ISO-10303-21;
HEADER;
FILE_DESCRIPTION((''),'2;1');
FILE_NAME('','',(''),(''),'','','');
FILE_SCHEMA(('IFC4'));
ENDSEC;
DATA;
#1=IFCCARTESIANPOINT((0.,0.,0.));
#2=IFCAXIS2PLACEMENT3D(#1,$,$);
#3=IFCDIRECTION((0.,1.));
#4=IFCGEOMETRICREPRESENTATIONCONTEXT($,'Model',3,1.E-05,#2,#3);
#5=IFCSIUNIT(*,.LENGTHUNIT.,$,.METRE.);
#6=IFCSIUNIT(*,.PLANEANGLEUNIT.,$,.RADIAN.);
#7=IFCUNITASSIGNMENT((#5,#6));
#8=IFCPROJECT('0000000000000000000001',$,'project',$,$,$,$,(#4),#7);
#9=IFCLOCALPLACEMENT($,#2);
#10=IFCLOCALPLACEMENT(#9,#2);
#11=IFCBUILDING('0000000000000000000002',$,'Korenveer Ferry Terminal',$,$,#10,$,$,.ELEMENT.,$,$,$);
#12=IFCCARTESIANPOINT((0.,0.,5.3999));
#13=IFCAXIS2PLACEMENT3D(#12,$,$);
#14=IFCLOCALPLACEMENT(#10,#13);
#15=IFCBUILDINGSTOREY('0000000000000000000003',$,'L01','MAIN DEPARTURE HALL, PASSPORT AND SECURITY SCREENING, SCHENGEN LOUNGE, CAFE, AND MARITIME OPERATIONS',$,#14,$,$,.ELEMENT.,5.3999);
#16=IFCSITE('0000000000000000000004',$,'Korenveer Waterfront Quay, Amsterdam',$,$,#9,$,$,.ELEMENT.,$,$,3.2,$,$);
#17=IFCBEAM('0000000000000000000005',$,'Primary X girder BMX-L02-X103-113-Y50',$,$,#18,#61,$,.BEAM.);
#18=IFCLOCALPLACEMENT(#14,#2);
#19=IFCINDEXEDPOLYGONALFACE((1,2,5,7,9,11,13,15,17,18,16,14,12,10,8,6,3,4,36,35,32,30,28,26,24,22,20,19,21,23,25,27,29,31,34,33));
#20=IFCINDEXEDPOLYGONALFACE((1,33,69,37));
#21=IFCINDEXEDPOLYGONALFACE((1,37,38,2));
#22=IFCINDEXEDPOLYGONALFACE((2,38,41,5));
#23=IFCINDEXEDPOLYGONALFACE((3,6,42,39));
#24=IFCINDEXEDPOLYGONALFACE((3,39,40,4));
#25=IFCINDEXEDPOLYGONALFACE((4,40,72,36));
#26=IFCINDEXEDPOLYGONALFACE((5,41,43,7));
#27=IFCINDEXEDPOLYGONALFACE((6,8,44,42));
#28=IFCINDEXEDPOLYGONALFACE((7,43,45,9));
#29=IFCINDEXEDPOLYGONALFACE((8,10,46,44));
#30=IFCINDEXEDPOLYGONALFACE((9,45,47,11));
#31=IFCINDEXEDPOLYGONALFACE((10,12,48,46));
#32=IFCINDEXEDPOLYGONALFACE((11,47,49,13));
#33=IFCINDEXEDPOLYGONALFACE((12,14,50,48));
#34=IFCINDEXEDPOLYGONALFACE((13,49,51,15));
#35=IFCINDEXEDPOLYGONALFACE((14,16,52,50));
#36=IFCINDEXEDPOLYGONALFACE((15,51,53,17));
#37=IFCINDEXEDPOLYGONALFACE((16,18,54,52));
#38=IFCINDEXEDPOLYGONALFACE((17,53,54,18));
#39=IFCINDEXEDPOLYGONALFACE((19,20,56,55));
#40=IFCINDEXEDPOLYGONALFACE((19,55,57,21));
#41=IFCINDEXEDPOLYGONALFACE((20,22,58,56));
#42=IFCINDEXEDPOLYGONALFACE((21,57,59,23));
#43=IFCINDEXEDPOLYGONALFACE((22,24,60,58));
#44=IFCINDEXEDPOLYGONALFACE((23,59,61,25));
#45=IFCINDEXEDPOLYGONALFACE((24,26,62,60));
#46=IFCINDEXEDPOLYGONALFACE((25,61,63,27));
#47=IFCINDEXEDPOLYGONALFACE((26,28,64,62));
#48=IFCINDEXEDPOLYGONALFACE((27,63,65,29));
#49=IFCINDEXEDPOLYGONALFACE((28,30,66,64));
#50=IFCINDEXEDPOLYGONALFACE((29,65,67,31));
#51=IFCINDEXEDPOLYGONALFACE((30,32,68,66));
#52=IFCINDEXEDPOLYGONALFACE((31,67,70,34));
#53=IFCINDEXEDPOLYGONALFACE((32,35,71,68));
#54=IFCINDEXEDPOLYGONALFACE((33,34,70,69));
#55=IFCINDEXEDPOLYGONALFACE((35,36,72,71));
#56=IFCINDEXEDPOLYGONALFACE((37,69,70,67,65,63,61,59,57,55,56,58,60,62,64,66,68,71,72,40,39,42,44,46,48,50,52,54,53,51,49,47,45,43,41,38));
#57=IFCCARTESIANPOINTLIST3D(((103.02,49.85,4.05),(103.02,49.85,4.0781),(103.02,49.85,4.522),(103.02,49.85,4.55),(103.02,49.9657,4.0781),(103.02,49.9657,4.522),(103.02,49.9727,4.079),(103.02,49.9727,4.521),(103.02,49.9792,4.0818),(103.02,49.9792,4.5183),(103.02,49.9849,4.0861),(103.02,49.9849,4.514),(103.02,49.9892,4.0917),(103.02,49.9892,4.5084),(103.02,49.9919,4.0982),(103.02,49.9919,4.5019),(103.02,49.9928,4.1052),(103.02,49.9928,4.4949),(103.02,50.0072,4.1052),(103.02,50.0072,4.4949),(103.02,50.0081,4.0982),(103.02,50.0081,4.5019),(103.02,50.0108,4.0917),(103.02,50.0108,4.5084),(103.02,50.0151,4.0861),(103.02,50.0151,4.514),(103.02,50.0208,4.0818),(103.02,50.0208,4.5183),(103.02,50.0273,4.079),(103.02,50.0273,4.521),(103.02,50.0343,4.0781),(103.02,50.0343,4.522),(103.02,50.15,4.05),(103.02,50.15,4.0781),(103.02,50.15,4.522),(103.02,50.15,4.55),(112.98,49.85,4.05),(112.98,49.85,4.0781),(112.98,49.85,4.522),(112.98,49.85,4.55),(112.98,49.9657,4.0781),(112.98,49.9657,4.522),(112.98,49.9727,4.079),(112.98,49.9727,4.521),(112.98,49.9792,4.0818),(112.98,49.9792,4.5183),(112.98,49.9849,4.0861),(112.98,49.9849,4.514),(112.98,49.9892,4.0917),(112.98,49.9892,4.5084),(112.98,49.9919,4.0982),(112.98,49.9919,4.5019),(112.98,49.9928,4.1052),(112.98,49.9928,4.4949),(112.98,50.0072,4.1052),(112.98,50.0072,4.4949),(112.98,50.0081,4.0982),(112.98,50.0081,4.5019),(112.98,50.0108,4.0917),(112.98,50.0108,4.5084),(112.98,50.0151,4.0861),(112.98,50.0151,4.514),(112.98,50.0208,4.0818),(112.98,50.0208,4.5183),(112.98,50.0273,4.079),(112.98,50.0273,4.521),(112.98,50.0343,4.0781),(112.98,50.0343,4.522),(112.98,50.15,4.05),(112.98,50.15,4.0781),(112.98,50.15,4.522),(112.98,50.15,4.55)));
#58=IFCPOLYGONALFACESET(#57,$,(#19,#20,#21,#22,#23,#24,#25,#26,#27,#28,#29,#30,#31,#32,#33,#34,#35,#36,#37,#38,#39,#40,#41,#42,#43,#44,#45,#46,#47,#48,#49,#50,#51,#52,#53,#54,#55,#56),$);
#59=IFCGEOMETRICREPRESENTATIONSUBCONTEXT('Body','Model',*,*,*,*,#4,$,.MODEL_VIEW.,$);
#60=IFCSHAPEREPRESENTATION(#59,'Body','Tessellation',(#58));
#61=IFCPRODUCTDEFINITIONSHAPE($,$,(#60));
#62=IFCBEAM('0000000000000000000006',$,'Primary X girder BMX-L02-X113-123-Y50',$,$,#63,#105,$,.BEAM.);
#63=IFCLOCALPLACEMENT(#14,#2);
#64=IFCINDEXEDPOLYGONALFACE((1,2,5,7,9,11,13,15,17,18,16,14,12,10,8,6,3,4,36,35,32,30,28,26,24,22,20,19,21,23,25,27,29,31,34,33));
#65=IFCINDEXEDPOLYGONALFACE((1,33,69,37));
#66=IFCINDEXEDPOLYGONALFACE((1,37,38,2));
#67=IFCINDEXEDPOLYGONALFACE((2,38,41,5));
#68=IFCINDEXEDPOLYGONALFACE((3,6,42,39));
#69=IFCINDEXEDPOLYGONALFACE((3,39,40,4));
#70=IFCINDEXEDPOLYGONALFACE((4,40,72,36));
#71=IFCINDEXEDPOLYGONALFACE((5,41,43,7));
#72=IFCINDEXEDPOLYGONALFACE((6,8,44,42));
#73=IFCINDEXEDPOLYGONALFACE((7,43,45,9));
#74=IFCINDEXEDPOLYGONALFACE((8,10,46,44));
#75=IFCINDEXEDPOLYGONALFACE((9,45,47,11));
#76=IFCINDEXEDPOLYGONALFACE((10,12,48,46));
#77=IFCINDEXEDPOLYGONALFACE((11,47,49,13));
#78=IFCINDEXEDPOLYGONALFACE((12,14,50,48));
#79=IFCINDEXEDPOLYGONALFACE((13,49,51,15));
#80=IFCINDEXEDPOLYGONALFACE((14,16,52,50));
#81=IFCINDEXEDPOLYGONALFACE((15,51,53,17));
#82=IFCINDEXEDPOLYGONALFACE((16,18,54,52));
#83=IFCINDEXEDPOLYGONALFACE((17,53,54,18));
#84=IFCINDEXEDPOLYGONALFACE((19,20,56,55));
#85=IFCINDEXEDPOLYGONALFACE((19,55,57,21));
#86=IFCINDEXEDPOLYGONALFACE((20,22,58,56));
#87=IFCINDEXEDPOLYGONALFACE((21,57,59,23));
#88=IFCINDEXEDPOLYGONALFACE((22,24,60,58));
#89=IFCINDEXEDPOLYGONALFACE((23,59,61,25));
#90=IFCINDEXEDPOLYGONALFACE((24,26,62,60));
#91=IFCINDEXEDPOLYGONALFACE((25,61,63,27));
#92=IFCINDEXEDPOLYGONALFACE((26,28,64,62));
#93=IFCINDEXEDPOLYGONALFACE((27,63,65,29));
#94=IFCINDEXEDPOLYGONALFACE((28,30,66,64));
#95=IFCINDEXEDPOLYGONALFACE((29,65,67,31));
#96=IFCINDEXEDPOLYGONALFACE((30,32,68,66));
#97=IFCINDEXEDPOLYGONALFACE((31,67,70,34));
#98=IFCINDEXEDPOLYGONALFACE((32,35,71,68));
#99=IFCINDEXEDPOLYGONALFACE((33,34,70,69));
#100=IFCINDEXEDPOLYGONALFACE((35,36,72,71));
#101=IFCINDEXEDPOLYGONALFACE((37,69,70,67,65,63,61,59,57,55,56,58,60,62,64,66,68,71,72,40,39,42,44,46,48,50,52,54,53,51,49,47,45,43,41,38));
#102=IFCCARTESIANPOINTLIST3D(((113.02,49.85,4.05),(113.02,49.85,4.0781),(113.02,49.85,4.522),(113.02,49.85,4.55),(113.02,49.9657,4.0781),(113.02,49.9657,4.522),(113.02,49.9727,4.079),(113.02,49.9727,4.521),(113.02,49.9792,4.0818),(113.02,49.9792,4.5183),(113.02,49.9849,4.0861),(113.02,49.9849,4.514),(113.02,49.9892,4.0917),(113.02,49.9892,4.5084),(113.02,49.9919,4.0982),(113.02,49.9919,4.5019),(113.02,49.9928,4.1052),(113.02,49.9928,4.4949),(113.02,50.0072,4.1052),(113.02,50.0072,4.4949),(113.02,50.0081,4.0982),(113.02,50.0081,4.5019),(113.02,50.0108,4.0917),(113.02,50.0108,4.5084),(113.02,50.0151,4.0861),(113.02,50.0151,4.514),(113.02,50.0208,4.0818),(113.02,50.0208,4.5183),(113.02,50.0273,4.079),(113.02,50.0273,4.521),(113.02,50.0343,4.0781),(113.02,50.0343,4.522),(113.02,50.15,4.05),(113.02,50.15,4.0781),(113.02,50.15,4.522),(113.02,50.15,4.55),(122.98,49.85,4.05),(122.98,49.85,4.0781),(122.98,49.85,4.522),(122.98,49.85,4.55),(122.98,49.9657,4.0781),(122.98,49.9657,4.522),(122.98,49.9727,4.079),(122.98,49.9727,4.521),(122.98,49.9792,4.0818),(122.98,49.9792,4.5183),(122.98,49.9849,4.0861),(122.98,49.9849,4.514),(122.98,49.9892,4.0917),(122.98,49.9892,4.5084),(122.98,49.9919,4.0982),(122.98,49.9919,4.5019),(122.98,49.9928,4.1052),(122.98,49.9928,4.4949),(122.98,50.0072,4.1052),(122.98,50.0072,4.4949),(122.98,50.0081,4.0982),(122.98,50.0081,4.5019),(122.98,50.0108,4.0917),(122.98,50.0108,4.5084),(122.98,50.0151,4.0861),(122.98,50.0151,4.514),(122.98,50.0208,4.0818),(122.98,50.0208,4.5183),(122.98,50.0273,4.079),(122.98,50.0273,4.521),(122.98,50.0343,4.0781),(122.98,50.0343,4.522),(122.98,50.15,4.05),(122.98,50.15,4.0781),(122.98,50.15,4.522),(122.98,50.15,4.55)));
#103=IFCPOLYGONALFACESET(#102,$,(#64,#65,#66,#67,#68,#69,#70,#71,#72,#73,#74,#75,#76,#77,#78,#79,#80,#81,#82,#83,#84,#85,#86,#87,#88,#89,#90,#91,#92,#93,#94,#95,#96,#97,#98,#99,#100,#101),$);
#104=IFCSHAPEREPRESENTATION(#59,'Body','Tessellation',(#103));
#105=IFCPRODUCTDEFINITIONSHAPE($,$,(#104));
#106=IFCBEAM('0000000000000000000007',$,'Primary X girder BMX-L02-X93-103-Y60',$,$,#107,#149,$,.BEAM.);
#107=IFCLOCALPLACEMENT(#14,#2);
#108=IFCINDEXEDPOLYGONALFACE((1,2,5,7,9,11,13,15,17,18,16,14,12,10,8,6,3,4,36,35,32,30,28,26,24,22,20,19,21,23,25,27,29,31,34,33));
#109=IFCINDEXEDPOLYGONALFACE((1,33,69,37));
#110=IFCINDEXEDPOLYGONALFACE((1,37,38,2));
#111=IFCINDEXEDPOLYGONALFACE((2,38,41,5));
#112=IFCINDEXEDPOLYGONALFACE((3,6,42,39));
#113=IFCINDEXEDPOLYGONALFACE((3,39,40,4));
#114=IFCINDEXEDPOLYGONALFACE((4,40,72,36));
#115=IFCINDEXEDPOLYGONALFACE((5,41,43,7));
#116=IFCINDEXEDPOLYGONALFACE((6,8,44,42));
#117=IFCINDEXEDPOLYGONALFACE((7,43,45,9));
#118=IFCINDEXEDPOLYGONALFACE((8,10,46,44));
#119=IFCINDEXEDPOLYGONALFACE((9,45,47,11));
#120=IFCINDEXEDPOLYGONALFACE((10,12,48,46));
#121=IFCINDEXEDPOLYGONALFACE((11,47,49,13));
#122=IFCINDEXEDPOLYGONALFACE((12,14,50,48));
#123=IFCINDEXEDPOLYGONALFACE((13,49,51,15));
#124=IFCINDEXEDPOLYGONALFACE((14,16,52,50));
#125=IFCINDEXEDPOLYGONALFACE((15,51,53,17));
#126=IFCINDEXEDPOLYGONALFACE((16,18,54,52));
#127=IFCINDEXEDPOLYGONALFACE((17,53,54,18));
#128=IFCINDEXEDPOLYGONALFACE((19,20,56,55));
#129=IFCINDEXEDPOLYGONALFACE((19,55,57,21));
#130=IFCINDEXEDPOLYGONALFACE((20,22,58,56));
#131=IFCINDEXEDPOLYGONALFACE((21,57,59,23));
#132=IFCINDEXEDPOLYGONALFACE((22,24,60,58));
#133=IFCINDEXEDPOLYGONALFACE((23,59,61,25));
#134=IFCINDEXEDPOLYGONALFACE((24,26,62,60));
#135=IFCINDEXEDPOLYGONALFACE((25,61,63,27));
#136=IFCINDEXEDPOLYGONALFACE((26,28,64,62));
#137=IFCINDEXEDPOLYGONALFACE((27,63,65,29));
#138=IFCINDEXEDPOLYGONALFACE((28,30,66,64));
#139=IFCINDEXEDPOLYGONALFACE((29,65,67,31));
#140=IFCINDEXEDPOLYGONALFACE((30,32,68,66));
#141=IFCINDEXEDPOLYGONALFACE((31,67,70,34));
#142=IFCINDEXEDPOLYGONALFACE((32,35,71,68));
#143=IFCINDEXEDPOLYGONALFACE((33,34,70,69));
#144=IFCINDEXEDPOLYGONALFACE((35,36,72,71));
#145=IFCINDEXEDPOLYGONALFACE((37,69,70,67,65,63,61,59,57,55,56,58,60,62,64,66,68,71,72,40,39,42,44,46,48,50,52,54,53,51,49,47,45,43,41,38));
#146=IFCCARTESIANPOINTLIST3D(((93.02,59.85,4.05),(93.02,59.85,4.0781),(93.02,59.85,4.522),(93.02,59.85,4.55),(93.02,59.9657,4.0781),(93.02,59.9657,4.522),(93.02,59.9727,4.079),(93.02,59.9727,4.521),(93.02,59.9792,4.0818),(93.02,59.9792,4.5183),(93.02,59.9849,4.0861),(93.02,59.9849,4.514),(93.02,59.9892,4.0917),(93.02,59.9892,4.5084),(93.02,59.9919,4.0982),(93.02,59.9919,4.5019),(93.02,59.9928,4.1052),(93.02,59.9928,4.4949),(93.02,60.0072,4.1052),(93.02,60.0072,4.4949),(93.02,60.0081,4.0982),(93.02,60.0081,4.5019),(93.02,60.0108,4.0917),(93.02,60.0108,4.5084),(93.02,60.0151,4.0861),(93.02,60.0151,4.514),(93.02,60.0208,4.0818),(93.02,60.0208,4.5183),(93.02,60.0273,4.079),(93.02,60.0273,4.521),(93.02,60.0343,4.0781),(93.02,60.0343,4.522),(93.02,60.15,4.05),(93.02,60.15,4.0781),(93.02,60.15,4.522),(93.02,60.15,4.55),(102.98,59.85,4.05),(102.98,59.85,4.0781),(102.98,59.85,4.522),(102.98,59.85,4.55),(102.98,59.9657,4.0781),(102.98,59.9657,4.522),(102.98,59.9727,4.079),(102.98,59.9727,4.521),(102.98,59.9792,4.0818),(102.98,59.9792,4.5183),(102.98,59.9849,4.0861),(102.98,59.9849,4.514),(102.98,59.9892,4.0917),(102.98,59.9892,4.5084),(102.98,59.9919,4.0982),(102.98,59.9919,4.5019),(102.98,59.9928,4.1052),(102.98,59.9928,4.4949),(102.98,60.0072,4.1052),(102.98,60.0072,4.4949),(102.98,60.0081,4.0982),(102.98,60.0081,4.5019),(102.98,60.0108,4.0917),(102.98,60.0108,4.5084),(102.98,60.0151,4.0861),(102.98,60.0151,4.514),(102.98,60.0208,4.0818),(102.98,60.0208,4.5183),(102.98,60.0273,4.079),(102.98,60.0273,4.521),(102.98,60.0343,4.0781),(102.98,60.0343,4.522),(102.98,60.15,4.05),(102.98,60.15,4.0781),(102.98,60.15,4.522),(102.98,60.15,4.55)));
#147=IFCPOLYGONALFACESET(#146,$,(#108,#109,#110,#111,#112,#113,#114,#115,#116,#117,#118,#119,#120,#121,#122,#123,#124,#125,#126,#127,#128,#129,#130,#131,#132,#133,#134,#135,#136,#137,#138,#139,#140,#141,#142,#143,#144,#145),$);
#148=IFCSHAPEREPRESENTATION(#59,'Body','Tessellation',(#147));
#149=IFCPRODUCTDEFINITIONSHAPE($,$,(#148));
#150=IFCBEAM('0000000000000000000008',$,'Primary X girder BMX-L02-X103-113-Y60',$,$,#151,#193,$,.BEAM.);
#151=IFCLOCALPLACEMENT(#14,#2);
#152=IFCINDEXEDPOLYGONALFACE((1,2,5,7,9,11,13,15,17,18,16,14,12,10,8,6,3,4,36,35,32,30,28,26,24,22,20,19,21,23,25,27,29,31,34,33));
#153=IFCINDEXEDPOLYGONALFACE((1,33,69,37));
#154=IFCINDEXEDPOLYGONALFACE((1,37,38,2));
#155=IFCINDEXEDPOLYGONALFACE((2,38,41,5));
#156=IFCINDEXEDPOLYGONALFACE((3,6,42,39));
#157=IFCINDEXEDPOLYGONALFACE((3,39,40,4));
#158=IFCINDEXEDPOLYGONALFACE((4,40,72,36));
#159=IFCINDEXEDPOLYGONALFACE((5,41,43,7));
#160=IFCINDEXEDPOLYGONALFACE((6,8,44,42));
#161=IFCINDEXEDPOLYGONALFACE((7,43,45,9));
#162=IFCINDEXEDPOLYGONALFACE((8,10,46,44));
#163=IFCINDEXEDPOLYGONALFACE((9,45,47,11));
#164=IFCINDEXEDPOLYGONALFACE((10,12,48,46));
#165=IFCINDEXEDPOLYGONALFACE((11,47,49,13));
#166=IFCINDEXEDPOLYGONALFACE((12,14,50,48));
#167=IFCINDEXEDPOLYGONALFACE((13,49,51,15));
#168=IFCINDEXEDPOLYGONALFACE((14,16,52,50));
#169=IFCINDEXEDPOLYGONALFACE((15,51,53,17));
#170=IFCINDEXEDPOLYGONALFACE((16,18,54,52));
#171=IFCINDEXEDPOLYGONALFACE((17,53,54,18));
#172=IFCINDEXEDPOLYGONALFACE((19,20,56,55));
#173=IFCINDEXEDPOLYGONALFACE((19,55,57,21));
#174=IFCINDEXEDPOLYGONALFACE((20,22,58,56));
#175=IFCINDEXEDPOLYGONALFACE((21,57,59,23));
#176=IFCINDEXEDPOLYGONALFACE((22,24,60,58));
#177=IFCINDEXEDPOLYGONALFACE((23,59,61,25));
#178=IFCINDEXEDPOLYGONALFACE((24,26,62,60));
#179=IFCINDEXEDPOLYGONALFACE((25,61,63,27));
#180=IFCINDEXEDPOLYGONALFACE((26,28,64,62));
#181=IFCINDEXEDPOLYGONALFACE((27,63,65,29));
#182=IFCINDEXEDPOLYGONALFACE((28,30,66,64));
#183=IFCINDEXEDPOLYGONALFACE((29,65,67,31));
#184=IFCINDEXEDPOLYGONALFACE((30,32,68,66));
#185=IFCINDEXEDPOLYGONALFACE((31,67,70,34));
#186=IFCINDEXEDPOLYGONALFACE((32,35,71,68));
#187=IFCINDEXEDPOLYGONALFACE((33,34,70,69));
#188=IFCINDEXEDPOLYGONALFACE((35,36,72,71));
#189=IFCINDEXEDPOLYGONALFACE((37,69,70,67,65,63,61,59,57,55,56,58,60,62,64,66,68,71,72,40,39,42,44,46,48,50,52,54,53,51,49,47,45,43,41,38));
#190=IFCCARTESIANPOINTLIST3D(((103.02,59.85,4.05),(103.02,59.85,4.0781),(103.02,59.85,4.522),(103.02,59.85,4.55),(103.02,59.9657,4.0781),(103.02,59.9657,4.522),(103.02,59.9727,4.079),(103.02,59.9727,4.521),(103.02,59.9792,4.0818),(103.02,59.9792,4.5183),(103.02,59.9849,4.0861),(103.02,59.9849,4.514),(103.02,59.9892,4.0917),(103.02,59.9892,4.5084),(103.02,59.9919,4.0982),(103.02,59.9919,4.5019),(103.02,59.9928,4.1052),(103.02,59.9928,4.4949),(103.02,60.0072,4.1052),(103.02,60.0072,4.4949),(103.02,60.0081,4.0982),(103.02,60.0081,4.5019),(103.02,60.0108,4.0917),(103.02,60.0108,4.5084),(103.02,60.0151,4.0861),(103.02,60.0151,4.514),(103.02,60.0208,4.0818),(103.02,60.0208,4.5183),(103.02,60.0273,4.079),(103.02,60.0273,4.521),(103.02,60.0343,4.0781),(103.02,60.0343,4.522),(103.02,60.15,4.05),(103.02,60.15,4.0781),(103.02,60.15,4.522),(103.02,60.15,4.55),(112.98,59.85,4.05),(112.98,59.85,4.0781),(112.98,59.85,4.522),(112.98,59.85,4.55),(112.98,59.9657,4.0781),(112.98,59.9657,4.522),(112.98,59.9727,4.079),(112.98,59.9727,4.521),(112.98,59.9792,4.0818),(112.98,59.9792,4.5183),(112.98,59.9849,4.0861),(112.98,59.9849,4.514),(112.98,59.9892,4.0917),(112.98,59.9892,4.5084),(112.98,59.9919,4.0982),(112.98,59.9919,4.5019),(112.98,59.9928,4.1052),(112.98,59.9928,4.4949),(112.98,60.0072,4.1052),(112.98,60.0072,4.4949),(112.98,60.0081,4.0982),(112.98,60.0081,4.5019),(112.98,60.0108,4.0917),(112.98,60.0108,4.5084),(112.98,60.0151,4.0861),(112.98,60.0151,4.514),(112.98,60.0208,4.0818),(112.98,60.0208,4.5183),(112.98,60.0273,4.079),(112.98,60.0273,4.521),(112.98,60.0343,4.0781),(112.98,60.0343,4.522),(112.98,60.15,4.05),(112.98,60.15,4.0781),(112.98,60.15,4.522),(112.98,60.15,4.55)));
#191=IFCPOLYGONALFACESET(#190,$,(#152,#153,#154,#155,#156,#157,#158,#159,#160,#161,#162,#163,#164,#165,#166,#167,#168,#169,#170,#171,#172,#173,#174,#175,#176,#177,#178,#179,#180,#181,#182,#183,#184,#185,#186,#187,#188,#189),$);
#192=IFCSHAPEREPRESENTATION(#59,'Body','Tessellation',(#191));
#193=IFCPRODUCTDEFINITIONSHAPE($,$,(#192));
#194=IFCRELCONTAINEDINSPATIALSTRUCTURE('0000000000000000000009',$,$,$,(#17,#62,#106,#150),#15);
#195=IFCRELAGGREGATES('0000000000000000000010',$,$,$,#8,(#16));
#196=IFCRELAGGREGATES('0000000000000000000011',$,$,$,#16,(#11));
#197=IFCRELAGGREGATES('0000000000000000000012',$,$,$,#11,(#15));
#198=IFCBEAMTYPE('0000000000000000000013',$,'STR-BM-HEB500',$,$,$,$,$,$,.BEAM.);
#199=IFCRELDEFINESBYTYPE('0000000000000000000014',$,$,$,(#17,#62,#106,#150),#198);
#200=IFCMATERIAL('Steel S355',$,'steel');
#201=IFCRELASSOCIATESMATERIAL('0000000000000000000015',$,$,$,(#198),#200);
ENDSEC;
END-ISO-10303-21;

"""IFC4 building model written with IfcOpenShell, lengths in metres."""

from ifc_helpers import new_model, si_unit, direction, frame, origin, origin_2d, place, context, subcontext, project, spatial, i_section, extrude, material, material_profile, profile_set, type_object, element, save


model = new_model("IFC4")

# Units and contexts
model_context = context("Model", 3, precision=1e-05, world=origin(), true_north=direction((0.0, 1.0)))
body_context = subcontext(model_context, "Body", "Model", "MODEL_VIEW")
ifc_project = project(units=[si_unit("LENGTHUNIT", "METRE"), si_unit("PLANEANGLEUNIT", "RADIAN")], contexts=[model_context])

# Site, building, storey
site_placement = place(None, origin())
site = spatial("IfcSite", under=ifc_project, at=site_placement, Name="Korenveer Waterfront Quay, Amsterdam", CompositionType="ELEMENT", RefElevation=3.2)
building_placement = place(site_placement, origin())
building = spatial("IfcBuilding", under=site, at=building_placement, Name="Korenveer Ferry Terminal", CompositionType="ELEMENT")
storey_placement = place(building_placement, frame((0.0, 0.0, 5.3999)))
storey = spatial("IfcBuildingStorey", under=building, at=storey_placement, Name="L01", Description="MAIN DEPARTURE HALL, PASSPORT AND SECURITY SCREENING, SCHENGEN LOUNGE, CAFE, AND MARITIME OPERATIONS", CompositionType="ELEMENT", Elevation=5.3999)

# Shared definitions
ifc_material_1 = material(Name="Steel S355", Category="steel")

# Beams
ifc_material_profile_1 = material_profile(ifc_material_1, i_section(OverallWidth=0.3, OverallDepth=0.5, WebThickness=0.0144, FlangeThickness=0.0281, FilletRadius=0.0271, at=origin_2d()), Name="HEB 500")
ifc_profile_set_1 = profile_set([ifc_material_profile_1], Name="Steel S355")
beam_type_1 = type_object("IfcBeamType", Name="STR-BM-HEB500", PredefinedType="BEAM", material=ifc_profile_set_1)
for number, where, z_axis, x_axis, name in (
    (1, (103.02, 50.0, 4.3), (1.0, 0.0, 0.0), (0.0, 1.0, 0.0), "Primary X girder BMX-L02-X103-113-Y50"),
    (2, (113.02, 50.0, 4.3), (1.0, 0.0, 0.0), (0.0, 1.0, 0.0), "Primary X girder BMX-L02-X113-123-Y50"),
    (3, (93.02, 60.0, 4.3), (1.0, 0.0, 0.0), (0.0, 1.0, 0.0), "Primary X girder BMX-L02-X93-103-Y60"),
    (4, (103.02, 60.0, 4.3), (1.0, 0.0, 0.0), (0.0, 1.0, 0.0), "Primary X girder BMX-L02-X103-113-Y60"),
):
    element("IfcBeam", number, at=place(storey_placement, frame(where, z_axis=z_axis, x_axis=x_axis)), inside=storey, type_object=beam_type_1, Name=name, PredefinedType="BEAM", context=body_context, shape_type="SweptSolid", body=[
        extrude(i_section(OverallWidth=0.3, OverallDepth=0.5, WebThickness=0.0144, FlangeThickness=0.0281, FilletRadius=0.0271, at=origin_2d()), origin(), (0.0, 0.0, 1.0), 9.96),
    ])

save(model, "model.ifc")
